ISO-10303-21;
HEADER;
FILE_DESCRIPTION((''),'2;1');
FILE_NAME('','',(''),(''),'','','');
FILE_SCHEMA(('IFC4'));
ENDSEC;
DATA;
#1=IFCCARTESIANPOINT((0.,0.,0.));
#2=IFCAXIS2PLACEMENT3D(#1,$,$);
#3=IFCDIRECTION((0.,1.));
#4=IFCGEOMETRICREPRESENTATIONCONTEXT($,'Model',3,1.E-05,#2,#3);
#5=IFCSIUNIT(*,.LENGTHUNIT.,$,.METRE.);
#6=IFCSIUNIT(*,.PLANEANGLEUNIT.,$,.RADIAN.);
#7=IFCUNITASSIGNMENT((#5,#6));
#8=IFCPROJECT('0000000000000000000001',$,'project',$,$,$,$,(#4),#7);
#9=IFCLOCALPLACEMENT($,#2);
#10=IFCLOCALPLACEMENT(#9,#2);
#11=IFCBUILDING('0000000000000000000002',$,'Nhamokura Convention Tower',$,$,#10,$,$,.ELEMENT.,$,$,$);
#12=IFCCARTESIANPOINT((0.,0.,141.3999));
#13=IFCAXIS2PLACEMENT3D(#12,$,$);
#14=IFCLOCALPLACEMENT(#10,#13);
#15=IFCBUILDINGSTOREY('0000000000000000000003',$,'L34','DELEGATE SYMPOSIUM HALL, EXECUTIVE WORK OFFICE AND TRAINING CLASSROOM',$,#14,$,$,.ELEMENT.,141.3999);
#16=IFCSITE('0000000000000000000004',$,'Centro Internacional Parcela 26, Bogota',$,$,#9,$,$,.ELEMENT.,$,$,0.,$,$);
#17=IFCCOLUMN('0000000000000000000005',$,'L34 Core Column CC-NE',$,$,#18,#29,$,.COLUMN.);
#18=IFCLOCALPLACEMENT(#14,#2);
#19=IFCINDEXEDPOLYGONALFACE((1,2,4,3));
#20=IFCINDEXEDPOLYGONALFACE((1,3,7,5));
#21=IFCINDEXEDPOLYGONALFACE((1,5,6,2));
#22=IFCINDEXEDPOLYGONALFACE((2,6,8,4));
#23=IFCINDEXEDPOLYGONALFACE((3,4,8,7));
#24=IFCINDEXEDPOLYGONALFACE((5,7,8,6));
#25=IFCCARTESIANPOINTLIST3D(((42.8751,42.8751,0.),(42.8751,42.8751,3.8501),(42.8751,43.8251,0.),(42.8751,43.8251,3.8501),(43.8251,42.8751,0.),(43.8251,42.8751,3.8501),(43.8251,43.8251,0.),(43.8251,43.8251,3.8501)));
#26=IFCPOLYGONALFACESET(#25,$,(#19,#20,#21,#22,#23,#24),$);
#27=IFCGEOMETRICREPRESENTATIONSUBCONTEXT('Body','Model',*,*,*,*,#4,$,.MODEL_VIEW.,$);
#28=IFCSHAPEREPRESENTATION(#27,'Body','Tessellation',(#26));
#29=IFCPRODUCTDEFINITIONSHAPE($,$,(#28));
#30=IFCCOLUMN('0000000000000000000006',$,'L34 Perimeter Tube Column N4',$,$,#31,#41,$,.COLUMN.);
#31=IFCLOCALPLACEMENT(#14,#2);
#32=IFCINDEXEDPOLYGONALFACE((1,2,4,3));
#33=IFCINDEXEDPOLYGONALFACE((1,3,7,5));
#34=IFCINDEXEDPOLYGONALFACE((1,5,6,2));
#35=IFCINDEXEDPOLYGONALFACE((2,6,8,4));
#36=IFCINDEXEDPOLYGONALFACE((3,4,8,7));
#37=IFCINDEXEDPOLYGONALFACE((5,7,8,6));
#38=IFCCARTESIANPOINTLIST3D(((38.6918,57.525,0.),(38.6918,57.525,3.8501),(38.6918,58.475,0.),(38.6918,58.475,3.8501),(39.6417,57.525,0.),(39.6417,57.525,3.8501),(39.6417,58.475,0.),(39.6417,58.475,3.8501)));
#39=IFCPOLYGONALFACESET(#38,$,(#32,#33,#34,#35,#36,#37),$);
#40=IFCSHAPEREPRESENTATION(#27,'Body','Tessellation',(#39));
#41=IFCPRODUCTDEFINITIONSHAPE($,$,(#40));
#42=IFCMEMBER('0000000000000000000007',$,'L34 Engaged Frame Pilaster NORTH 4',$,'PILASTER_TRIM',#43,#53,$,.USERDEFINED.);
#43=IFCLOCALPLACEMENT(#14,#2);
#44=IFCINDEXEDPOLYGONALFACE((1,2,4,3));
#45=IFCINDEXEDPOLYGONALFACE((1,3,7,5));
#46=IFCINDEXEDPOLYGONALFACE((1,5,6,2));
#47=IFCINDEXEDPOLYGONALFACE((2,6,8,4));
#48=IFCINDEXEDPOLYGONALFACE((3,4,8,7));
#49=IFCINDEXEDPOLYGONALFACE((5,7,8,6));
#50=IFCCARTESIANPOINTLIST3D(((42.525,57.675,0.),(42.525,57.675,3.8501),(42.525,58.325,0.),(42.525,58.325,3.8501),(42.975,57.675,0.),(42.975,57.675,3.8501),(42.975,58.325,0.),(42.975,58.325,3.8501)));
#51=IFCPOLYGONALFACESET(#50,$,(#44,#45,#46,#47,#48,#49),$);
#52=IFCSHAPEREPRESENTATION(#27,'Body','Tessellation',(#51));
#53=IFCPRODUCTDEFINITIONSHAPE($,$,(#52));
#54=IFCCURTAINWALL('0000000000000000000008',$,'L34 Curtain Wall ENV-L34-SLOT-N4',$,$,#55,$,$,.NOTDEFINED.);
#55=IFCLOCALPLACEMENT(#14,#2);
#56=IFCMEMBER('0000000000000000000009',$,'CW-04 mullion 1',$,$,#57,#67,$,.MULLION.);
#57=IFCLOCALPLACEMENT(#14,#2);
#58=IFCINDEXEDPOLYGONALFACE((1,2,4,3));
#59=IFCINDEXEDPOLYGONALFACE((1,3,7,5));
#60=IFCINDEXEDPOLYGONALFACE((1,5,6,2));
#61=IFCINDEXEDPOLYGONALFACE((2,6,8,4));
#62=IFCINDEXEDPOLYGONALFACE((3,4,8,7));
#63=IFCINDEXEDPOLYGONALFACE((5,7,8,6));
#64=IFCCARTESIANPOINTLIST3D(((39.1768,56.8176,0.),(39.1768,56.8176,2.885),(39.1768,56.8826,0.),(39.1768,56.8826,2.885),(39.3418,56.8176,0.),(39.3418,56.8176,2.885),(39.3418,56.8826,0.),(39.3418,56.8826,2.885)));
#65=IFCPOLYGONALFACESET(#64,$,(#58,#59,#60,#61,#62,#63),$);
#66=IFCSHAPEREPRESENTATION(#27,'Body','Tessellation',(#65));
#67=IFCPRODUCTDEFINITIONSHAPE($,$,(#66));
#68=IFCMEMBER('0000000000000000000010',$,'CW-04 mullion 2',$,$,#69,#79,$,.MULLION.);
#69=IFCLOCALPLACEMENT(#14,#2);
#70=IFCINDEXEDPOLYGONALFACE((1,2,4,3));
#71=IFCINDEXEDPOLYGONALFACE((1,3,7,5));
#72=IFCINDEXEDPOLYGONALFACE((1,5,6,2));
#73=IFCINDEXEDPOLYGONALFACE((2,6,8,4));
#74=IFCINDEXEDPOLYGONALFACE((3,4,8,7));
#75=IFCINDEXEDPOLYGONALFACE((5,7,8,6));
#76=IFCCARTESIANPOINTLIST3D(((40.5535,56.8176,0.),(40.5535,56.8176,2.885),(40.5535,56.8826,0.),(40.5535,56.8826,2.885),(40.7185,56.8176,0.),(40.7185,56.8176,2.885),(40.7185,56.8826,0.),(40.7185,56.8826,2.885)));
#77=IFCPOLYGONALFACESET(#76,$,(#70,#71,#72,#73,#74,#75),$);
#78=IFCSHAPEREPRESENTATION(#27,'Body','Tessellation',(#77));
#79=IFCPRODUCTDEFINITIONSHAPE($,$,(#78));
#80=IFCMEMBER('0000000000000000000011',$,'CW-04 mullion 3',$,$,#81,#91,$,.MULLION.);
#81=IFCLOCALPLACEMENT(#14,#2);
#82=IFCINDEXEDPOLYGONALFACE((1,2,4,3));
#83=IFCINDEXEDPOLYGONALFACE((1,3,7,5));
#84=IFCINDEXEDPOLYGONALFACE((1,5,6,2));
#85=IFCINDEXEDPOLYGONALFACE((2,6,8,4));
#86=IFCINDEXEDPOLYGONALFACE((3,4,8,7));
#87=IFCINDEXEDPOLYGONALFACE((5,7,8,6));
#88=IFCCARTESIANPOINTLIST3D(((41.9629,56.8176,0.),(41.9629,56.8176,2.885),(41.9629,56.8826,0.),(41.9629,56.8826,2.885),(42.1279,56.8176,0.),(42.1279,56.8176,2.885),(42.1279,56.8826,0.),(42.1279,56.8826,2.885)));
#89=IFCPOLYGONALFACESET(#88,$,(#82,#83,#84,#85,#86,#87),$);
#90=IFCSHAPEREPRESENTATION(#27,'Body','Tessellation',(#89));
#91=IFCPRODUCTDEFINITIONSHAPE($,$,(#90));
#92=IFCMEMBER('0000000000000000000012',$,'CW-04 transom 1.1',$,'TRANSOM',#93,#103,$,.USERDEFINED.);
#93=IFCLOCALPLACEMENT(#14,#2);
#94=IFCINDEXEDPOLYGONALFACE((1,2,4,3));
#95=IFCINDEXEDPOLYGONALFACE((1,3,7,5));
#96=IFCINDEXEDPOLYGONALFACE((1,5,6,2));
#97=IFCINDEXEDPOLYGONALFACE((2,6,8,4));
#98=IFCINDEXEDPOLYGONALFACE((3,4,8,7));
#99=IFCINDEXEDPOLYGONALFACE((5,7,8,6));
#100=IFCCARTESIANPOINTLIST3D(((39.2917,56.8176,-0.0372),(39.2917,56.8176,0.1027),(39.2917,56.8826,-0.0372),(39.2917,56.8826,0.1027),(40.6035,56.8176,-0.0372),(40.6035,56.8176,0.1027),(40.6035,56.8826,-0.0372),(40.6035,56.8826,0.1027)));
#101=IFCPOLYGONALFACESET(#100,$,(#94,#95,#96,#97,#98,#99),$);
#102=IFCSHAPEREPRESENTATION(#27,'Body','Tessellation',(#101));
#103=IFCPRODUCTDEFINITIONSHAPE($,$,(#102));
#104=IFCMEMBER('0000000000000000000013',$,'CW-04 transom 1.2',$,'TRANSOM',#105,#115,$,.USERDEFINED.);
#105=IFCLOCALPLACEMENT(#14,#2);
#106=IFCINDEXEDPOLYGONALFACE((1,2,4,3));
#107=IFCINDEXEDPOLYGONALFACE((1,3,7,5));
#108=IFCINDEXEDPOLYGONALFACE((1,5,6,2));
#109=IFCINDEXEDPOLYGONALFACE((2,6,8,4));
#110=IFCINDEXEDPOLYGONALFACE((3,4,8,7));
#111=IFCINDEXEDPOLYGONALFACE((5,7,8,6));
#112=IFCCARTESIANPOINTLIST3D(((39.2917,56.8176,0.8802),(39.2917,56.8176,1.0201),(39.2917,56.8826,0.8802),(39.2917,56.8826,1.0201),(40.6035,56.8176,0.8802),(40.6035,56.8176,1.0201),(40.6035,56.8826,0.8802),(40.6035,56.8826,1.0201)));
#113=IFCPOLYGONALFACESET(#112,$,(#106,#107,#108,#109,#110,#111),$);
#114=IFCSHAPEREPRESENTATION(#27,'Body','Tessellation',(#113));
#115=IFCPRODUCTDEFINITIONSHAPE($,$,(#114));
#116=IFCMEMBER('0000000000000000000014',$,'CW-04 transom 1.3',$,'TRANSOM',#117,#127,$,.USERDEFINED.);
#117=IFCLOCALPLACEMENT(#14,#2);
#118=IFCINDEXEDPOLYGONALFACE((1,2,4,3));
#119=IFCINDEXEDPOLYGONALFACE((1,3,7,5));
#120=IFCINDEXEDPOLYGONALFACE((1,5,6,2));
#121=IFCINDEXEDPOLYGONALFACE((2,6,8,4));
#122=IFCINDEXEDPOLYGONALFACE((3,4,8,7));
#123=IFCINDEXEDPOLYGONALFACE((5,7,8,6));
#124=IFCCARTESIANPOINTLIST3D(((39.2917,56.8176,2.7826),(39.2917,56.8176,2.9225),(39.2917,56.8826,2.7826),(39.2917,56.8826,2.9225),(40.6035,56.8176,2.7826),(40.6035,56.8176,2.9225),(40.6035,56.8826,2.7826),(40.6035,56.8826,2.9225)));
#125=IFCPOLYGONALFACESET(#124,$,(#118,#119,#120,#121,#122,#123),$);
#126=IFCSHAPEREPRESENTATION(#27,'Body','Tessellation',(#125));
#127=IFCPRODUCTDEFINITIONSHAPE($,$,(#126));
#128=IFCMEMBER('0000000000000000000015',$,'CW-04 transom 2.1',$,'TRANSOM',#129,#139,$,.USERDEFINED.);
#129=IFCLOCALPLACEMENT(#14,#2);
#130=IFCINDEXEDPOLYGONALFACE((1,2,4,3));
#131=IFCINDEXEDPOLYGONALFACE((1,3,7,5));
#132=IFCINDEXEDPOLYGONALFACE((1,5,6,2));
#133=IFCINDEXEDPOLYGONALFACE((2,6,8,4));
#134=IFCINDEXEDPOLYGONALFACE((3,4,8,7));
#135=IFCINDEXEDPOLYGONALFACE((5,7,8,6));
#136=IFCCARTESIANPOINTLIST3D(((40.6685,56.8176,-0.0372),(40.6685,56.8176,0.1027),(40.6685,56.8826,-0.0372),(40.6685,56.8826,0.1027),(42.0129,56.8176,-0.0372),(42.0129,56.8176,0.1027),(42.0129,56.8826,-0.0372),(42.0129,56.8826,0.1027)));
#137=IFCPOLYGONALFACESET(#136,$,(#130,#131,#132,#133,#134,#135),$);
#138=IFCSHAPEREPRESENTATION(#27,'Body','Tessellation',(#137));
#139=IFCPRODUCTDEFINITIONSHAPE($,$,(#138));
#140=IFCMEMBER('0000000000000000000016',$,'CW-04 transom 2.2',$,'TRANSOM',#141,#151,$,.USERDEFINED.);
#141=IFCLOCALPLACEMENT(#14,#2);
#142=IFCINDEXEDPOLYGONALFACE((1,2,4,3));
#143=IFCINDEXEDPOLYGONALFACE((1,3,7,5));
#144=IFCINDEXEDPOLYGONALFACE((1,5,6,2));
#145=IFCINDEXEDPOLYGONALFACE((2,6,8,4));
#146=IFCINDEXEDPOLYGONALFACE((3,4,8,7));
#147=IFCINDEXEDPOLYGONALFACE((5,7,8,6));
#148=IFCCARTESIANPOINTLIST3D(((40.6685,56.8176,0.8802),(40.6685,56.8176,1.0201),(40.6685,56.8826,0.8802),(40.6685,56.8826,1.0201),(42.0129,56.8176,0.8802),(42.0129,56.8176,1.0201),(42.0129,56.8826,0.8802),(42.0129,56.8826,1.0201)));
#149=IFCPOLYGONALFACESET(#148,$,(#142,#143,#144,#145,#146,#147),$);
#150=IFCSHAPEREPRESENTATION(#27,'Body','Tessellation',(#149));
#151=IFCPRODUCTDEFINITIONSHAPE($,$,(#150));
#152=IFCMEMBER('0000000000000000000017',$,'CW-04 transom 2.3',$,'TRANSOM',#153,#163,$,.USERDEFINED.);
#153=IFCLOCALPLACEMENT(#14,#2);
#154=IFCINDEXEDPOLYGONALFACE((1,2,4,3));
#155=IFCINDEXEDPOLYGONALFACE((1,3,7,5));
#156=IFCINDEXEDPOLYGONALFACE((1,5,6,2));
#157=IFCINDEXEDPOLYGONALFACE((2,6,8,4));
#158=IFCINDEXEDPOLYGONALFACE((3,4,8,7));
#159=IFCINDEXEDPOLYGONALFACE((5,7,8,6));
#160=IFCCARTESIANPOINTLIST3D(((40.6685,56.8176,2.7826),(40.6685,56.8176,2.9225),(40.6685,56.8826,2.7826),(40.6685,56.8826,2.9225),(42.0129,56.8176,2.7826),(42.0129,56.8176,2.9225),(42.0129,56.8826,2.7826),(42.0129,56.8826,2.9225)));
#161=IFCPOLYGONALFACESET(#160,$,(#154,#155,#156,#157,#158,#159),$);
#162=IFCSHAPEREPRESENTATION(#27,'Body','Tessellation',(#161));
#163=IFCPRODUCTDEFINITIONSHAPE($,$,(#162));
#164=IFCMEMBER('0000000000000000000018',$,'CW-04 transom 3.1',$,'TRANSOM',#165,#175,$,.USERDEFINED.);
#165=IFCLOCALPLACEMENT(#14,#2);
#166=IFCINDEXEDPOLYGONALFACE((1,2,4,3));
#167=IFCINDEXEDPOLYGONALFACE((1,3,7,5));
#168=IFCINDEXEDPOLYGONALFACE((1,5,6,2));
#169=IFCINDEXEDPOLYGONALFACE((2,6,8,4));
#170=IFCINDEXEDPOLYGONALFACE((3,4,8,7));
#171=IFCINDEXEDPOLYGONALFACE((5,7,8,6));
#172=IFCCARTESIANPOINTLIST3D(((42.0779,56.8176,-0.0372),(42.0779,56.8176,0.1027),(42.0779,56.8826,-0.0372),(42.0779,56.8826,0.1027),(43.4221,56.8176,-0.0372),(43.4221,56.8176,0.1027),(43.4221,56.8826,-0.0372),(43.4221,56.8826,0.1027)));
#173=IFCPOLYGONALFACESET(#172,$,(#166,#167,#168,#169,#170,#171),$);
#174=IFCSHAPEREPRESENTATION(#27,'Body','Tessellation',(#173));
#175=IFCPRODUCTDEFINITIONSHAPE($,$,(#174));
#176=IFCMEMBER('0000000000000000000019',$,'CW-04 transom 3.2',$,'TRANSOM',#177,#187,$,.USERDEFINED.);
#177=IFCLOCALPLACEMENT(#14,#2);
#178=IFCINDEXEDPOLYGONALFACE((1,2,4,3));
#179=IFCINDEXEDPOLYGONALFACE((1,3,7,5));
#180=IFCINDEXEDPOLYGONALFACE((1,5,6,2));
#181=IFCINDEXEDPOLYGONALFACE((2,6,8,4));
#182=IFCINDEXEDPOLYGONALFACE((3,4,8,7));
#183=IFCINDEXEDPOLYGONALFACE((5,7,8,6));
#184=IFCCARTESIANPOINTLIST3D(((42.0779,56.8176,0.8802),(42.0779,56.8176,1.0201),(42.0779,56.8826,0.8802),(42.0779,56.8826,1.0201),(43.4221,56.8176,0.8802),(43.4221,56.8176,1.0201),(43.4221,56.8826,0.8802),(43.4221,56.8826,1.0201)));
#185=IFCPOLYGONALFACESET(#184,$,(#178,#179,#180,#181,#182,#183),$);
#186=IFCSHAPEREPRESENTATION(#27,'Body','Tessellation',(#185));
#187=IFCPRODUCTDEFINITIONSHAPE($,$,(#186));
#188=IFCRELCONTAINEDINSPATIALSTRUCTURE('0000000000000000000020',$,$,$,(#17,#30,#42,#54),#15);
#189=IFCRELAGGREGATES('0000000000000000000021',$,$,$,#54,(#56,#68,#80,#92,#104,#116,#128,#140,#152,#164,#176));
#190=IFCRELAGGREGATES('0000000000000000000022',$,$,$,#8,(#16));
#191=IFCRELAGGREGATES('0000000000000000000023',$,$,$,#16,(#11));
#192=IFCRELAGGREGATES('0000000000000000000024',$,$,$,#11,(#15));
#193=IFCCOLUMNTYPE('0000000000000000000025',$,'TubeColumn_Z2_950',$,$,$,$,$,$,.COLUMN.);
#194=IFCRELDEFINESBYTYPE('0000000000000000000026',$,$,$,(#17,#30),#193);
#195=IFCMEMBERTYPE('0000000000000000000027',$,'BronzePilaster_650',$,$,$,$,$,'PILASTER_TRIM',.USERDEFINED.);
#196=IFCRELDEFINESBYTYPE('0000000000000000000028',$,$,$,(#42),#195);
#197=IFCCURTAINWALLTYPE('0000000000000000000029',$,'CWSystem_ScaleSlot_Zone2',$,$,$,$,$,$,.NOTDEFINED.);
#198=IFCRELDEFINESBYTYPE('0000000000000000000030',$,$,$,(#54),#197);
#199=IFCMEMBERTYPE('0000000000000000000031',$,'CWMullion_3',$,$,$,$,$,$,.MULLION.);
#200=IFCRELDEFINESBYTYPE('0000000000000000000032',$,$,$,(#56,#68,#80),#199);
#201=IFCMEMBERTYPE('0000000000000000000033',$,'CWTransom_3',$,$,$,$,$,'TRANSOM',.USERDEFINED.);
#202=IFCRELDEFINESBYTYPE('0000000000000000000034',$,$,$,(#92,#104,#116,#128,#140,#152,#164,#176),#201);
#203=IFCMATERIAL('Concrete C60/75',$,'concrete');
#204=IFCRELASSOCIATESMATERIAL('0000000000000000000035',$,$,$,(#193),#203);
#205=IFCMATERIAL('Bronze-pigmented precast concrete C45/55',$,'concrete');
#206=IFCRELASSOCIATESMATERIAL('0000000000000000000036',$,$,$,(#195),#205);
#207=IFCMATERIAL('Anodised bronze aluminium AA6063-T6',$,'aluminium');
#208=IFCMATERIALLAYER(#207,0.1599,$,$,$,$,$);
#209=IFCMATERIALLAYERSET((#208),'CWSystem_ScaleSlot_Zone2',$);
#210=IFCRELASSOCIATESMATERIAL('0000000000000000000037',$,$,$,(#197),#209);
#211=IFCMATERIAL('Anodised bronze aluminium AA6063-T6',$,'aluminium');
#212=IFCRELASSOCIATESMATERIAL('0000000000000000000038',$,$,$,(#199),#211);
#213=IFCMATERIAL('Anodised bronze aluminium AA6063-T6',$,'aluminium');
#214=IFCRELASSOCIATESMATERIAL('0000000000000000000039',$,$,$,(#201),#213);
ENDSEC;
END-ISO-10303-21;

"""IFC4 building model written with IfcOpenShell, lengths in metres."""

from ifc_helpers import new_model, si_unit, direction, frame, origin, origin_2d, place, context, subcontext, project, spatial, rectangle, extrude, material, layer, layer_set, material_profile, profile_set, type_object, element, aggregate, save


model = new_model("IFC4")

# Units and contexts
model_context = context("Model", 3, precision=1e-05, world=origin(), true_north=direction((0.0, 1.0)))
body_context = subcontext(model_context, "Body", "Model", "MODEL_VIEW")
ifc_project = project(units=[si_unit("LENGTHUNIT", "METRE"), si_unit("PLANEANGLEUNIT", "RADIAN")], contexts=[model_context])

# Site, building, storey
site_placement = place(None, origin())
site = spatial("IfcSite", under=ifc_project, at=site_placement, Name="Centro Internacional Parcela 26, Bogota", CompositionType="ELEMENT", RefElevation=0.0)
building_placement = place(site_placement, origin())
building = spatial("IfcBuilding", under=site, at=building_placement, Name="Nhamokura Convention Tower", CompositionType="ELEMENT")
storey_placement = place(building_placement, frame((0.0, 0.0, 141.3999)))
storey = spatial("IfcBuildingStorey", under=building, at=storey_placement, Name="L34", Description="DELEGATE SYMPOSIUM HALL, EXECUTIVE WORK OFFICE AND TRAINING CLASSROOM", CompositionType="ELEMENT", Elevation=141.3999)

# Columns
ifc_material_1 = material(Name="Concrete C60/75", Category="concrete")
ifc_material_profile_1 = material_profile(ifc_material_1, rectangle(XDim=0.95, YDim=0.95, at=origin_2d()))
ifc_profile_set_1 = profile_set([ifc_material_profile_1], Name="Concrete C60/75")
column_type = type_object("IfcColumnType", Name="TubeColumn_Z2_950", PredefinedType="COLUMN", material=ifc_profile_set_1)
for number, where, z_axis, x_axis, name in (
    (1, (43.3501, 43.3501, 0.0), (0.0, 0.0, 1.0), (1.0, 0.0, 0.0), "L34 Core Column CC-NE"),
    (2, (39.1667, 58.0, 0.0), (0.0, 0.0, 1.0), (1.0, 0.0, 0.0), "L34 Perimeter Tube Column N4"),
):
    element("IfcColumn", number, at=place(storey_placement, frame(where, z_axis=z_axis, x_axis=x_axis)), inside=storey, type_object=column_type, Name=name, PredefinedType="COLUMN", context=body_context, shape_type="SweptSolid", body=[
        extrude(rectangle(XDim=0.95, YDim=0.95, at=origin_2d()), origin(), (0.0, 0.0, 1.0), 3.8501),
    ])

# Member
ifc_material_2 = material(Name="Bronze-pigmented precast concrete C45/55", Category="concrete")
ifc_material_profile_2 = material_profile(ifc_material_2, rectangle(XDim=0.45, YDim=0.6499, at=origin_2d()))
ifc_profile_set_2 = profile_set([ifc_material_profile_2], Name="Bronze-pigmented precast concrete C45/55")
member_type_1 = type_object("IfcMemberType", Name="BronzePilaster_650", ElementType="PILASTER_TRIM", PredefinedType="USERDEFINED", material=ifc_profile_set_2)
member_1_placement = place(storey_placement, frame((42.75, 58.0, 0.0), z_axis=(0.0, 0.0, 1.0), x_axis=(1.0, 0.0, 0.0)))
element("IfcMember", 3, at=member_1_placement, inside=storey, type_object=member_type_1, Name="L34 Engaged Frame Pilaster NORTH 4", ObjectType="PILASTER_TRIM", PredefinedType="USERDEFINED", context=body_context, shape_type="SweptSolid", body=[
    extrude(rectangle(XDim=0.45, YDim=0.6499, at=origin_2d()), origin(), (0.0, 0.0, 1.0), 3.8501),
])

# Curtain wall, members
ifc_material_3 = material(Name="Anodised bronze aluminium AA6063-T6", Category="aluminium")
ifc_layer_1 = layer(ifc_material_3, 0.1599)
ifc_layer_set_1 = layer_set([ifc_layer_1], Name="CWSystem_ScaleSlot_Zone2")
curtain_wall_type = type_object("IfcCurtainWallType", Name="CWSystem_ScaleSlot_Zone2", PredefinedType="NOTDEFINED", material=ifc_layer_set_1)
curtain_wall_placement = place(storey_placement, origin())
curtain_wall = element("IfcCurtainWall", 4, at=curtain_wall_placement, inside=storey, type_object=curtain_wall_type, Name="L34 Curtain Wall ENV-L34-SLOT-N4", PredefinedType="NOTDEFINED")
ifc_material_4 = material(Name="Anodised bronze aluminium AA6063-T6", Category="aluminium")
ifc_material_profile_3 = material_profile(ifc_material_4, rectangle(XDim=0.0649, YDim=0.165, at=origin_2d()))
ifc_profile_set_3 = profile_set([ifc_material_profile_3], Name="Anodised bronze aluminium AA6063-T6")
member_type_2 = type_object("IfcMemberType", Name="CWMullion_3", PredefinedType="MULLION", material=ifc_profile_set_3)
member_2_placement = place(storey_placement, frame((39.2593, 56.8501, 0.0), z_axis=(0.0, 0.0, 1.0), x_axis=(0.0, 1.0, 0.0)))
member_2 = element("IfcMember", 5, at=member_2_placement, type_object=member_type_2, Name="CW-04 mullion 1", PredefinedType="MULLION", context=body_context, shape_type="SweptSolid", body=[
    extrude(rectangle(XDim=0.0649, YDim=0.165, at=origin_2d()), origin(), (0.0, 0.0, 1.0), 2.885),
])
member_3_placement = place(storey_placement, frame((40.636, 56.8501, 0.0), z_axis=(0.0, 0.0, 1.0), x_axis=(0.0, 1.0, 0.0)))
member_3 = element("IfcMember", 6, at=member_3_placement, type_object=member_type_2, Name="CW-04 mullion 2", PredefinedType="MULLION", context=body_context, shape_type="SweptSolid", body=[
    extrude(rectangle(XDim=0.0649, YDim=0.165, at=origin_2d()), origin(), (0.0, 0.0, 1.0), 2.885),
])
member_4_placement = place(storey_placement, frame((42.0454, 56.8501, 0.0), z_axis=(0.0, 0.0, 1.0), x_axis=(0.0, 1.0, 0.0)))
member_4 = element("IfcMember", 7, at=member_4_placement, type_object=member_type_2, Name="CW-04 mullion 3", PredefinedType="MULLION", context=body_context, shape_type="SweptSolid", body=[
    extrude(rectangle(XDim=0.0649, YDim=0.165, at=origin_2d()), origin(), (0.0, 0.0, 1.0), 2.885),
])
ifc_material_5 = material(Name="Anodised bronze aluminium AA6063-T6", Category="aluminium")
ifc_material_profile_4 = material_profile(ifc_material_5, rectangle(XDim=0.0649, YDim=0.1399, at=origin_2d()))
ifc_profile_set_4 = profile_set([ifc_material_profile_4], Name="Anodised bronze aluminium AA6063-T6")
member_type_3 = type_object("IfcMemberType", Name="CWTransom_3", ElementType="TRANSOM", PredefinedType="USERDEFINED", material=ifc_profile_set_4)
member_5_placement = place(storey_placement, frame((39.2917, 56.8501, 0.0327), z_axis=(1.0, 0.0, 0.0), x_axis=(0.0, 1.0, 0.0)))
member_5 = element("IfcMember", 8, at=member_5_placement, type_object=member_type_3, Name="CW-04 transom 1.1", ObjectType="TRANSOM", PredefinedType="USERDEFINED", context=body_context, shape_type="SweptSolid", body=[
    extrude(rectangle(XDim=0.0649, YDim=0.1399, at=origin_2d()), origin(), (0.0, 0.0, 1.0), 1.3118),
])
member_6_placement = place(storey_placement, frame((39.2917, 56.8501, 0.9502), z_axis=(1.0, 0.0, 0.0), x_axis=(0.0, 1.0, 0.0)))
member_6 = element("IfcMember", 9, at=member_6_placement, type_object=member_type_3, Name="CW-04 transom 1.2", ObjectType="TRANSOM", PredefinedType="USERDEFINED", context=body_context, shape_type="SweptSolid", body=[
    extrude(rectangle(XDim=0.0649, YDim=0.1399, at=origin_2d()), origin(), (0.0, 0.0, 1.0), 1.3118),
])
member_7_placement = place(storey_placement, frame((39.2917, 56.8501, 2.8525), z_axis=(1.0, 0.0, 0.0), x_axis=(0.0, 1.0, 0.0)))
member_7 = element("IfcMember", 10, at=member_7_placement, type_object=member_type_3, Name="CW-04 transom 1.3", ObjectType="TRANSOM", PredefinedType="USERDEFINED", context=body_context, shape_type="SweptSolid", body=[
    extrude(rectangle(XDim=0.0649, YDim=0.1399, at=origin_2d()), origin(), (0.0, 0.0, 1.0), 1.3118),
])
member_8_placement = place(storey_placement, frame((40.6685, 56.8501, 0.0327), z_axis=(1.0, 0.0, 0.0), x_axis=(0.0, 1.0, 0.0)))
member_8 = element("IfcMember", 11, at=member_8_placement, type_object=member_type_3, Name="CW-04 transom 2.1", ObjectType="TRANSOM", PredefinedType="USERDEFINED", context=body_context, shape_type="SweptSolid", body=[
    extrude(rectangle(XDim=0.0649, YDim=0.1399, at=origin_2d()), origin(), (0.0, 0.0, 1.0), 1.3445),
])
member_9_placement = place(storey_placement, frame((40.6685, 56.8501, 0.9502), z_axis=(1.0, 0.0, 0.0), x_axis=(0.0, 1.0, 0.0)))
member_9 = element("IfcMember", 12, at=member_9_placement, type_object=member_type_3, Name="CW-04 transom 2.2", ObjectType="TRANSOM", PredefinedType="USERDEFINED", context=body_context, shape_type="SweptSolid", body=[
    extrude(rectangle(XDim=0.0649, YDim=0.1399, at=origin_2d()), origin(), (0.0, 0.0, 1.0), 1.3445),
])
member_10_placement = place(storey_placement, frame((40.6685, 56.8501, 2.8525), z_axis=(1.0, 0.0, 0.0), x_axis=(0.0, 1.0, 0.0)))
member_10 = element("IfcMember", 13, at=member_10_placement, type_object=member_type_3, Name="CW-04 transom 2.3", ObjectType="TRANSOM", PredefinedType="USERDEFINED", context=body_context, shape_type="SweptSolid", body=[
    extrude(rectangle(XDim=0.0649, YDim=0.1399, at=origin_2d()), origin(), (0.0, 0.0, 1.0), 1.3445),
])
member_11_placement = place(storey_placement, frame((42.0779, 56.8501, 0.0327), z_axis=(1.0, 0.0, 0.0), x_axis=(0.0, 1.0, 0.0)))
member_11 = element("IfcMember", 14, at=member_11_placement, type_object=member_type_3, Name="CW-04 transom 3.1", ObjectType="TRANSOM", PredefinedType="USERDEFINED", context=body_context, shape_type="SweptSolid", body=[
    extrude(rectangle(XDim=0.0649, YDim=0.1399, at=origin_2d()), origin(), (0.0, 0.0, 1.0), 1.3442),
])
member_12_placement = place(storey_placement, frame((42.0779, 56.8501, 0.9502), z_axis=(1.0, 0.0, 0.0), x_axis=(0.0, 1.0, 0.0)))
member_12 = element("IfcMember", 15, at=member_12_placement, type_object=member_type_3, Name="CW-04 transom 3.2", ObjectType="TRANSOM", PredefinedType="USERDEFINED", context=body_context, shape_type="SweptSolid", body=[
    extrude(rectangle(XDim=0.0649, YDim=0.1399, at=origin_2d()), origin(), (0.0, 0.0, 1.0), 1.3442),
])

aggregate(curtain_wall, [member_2, member_3, member_4, member_5, member_6, member_7, member_8, member_9, member_10, member_11, member_12])

save(model, "model.ifc")
